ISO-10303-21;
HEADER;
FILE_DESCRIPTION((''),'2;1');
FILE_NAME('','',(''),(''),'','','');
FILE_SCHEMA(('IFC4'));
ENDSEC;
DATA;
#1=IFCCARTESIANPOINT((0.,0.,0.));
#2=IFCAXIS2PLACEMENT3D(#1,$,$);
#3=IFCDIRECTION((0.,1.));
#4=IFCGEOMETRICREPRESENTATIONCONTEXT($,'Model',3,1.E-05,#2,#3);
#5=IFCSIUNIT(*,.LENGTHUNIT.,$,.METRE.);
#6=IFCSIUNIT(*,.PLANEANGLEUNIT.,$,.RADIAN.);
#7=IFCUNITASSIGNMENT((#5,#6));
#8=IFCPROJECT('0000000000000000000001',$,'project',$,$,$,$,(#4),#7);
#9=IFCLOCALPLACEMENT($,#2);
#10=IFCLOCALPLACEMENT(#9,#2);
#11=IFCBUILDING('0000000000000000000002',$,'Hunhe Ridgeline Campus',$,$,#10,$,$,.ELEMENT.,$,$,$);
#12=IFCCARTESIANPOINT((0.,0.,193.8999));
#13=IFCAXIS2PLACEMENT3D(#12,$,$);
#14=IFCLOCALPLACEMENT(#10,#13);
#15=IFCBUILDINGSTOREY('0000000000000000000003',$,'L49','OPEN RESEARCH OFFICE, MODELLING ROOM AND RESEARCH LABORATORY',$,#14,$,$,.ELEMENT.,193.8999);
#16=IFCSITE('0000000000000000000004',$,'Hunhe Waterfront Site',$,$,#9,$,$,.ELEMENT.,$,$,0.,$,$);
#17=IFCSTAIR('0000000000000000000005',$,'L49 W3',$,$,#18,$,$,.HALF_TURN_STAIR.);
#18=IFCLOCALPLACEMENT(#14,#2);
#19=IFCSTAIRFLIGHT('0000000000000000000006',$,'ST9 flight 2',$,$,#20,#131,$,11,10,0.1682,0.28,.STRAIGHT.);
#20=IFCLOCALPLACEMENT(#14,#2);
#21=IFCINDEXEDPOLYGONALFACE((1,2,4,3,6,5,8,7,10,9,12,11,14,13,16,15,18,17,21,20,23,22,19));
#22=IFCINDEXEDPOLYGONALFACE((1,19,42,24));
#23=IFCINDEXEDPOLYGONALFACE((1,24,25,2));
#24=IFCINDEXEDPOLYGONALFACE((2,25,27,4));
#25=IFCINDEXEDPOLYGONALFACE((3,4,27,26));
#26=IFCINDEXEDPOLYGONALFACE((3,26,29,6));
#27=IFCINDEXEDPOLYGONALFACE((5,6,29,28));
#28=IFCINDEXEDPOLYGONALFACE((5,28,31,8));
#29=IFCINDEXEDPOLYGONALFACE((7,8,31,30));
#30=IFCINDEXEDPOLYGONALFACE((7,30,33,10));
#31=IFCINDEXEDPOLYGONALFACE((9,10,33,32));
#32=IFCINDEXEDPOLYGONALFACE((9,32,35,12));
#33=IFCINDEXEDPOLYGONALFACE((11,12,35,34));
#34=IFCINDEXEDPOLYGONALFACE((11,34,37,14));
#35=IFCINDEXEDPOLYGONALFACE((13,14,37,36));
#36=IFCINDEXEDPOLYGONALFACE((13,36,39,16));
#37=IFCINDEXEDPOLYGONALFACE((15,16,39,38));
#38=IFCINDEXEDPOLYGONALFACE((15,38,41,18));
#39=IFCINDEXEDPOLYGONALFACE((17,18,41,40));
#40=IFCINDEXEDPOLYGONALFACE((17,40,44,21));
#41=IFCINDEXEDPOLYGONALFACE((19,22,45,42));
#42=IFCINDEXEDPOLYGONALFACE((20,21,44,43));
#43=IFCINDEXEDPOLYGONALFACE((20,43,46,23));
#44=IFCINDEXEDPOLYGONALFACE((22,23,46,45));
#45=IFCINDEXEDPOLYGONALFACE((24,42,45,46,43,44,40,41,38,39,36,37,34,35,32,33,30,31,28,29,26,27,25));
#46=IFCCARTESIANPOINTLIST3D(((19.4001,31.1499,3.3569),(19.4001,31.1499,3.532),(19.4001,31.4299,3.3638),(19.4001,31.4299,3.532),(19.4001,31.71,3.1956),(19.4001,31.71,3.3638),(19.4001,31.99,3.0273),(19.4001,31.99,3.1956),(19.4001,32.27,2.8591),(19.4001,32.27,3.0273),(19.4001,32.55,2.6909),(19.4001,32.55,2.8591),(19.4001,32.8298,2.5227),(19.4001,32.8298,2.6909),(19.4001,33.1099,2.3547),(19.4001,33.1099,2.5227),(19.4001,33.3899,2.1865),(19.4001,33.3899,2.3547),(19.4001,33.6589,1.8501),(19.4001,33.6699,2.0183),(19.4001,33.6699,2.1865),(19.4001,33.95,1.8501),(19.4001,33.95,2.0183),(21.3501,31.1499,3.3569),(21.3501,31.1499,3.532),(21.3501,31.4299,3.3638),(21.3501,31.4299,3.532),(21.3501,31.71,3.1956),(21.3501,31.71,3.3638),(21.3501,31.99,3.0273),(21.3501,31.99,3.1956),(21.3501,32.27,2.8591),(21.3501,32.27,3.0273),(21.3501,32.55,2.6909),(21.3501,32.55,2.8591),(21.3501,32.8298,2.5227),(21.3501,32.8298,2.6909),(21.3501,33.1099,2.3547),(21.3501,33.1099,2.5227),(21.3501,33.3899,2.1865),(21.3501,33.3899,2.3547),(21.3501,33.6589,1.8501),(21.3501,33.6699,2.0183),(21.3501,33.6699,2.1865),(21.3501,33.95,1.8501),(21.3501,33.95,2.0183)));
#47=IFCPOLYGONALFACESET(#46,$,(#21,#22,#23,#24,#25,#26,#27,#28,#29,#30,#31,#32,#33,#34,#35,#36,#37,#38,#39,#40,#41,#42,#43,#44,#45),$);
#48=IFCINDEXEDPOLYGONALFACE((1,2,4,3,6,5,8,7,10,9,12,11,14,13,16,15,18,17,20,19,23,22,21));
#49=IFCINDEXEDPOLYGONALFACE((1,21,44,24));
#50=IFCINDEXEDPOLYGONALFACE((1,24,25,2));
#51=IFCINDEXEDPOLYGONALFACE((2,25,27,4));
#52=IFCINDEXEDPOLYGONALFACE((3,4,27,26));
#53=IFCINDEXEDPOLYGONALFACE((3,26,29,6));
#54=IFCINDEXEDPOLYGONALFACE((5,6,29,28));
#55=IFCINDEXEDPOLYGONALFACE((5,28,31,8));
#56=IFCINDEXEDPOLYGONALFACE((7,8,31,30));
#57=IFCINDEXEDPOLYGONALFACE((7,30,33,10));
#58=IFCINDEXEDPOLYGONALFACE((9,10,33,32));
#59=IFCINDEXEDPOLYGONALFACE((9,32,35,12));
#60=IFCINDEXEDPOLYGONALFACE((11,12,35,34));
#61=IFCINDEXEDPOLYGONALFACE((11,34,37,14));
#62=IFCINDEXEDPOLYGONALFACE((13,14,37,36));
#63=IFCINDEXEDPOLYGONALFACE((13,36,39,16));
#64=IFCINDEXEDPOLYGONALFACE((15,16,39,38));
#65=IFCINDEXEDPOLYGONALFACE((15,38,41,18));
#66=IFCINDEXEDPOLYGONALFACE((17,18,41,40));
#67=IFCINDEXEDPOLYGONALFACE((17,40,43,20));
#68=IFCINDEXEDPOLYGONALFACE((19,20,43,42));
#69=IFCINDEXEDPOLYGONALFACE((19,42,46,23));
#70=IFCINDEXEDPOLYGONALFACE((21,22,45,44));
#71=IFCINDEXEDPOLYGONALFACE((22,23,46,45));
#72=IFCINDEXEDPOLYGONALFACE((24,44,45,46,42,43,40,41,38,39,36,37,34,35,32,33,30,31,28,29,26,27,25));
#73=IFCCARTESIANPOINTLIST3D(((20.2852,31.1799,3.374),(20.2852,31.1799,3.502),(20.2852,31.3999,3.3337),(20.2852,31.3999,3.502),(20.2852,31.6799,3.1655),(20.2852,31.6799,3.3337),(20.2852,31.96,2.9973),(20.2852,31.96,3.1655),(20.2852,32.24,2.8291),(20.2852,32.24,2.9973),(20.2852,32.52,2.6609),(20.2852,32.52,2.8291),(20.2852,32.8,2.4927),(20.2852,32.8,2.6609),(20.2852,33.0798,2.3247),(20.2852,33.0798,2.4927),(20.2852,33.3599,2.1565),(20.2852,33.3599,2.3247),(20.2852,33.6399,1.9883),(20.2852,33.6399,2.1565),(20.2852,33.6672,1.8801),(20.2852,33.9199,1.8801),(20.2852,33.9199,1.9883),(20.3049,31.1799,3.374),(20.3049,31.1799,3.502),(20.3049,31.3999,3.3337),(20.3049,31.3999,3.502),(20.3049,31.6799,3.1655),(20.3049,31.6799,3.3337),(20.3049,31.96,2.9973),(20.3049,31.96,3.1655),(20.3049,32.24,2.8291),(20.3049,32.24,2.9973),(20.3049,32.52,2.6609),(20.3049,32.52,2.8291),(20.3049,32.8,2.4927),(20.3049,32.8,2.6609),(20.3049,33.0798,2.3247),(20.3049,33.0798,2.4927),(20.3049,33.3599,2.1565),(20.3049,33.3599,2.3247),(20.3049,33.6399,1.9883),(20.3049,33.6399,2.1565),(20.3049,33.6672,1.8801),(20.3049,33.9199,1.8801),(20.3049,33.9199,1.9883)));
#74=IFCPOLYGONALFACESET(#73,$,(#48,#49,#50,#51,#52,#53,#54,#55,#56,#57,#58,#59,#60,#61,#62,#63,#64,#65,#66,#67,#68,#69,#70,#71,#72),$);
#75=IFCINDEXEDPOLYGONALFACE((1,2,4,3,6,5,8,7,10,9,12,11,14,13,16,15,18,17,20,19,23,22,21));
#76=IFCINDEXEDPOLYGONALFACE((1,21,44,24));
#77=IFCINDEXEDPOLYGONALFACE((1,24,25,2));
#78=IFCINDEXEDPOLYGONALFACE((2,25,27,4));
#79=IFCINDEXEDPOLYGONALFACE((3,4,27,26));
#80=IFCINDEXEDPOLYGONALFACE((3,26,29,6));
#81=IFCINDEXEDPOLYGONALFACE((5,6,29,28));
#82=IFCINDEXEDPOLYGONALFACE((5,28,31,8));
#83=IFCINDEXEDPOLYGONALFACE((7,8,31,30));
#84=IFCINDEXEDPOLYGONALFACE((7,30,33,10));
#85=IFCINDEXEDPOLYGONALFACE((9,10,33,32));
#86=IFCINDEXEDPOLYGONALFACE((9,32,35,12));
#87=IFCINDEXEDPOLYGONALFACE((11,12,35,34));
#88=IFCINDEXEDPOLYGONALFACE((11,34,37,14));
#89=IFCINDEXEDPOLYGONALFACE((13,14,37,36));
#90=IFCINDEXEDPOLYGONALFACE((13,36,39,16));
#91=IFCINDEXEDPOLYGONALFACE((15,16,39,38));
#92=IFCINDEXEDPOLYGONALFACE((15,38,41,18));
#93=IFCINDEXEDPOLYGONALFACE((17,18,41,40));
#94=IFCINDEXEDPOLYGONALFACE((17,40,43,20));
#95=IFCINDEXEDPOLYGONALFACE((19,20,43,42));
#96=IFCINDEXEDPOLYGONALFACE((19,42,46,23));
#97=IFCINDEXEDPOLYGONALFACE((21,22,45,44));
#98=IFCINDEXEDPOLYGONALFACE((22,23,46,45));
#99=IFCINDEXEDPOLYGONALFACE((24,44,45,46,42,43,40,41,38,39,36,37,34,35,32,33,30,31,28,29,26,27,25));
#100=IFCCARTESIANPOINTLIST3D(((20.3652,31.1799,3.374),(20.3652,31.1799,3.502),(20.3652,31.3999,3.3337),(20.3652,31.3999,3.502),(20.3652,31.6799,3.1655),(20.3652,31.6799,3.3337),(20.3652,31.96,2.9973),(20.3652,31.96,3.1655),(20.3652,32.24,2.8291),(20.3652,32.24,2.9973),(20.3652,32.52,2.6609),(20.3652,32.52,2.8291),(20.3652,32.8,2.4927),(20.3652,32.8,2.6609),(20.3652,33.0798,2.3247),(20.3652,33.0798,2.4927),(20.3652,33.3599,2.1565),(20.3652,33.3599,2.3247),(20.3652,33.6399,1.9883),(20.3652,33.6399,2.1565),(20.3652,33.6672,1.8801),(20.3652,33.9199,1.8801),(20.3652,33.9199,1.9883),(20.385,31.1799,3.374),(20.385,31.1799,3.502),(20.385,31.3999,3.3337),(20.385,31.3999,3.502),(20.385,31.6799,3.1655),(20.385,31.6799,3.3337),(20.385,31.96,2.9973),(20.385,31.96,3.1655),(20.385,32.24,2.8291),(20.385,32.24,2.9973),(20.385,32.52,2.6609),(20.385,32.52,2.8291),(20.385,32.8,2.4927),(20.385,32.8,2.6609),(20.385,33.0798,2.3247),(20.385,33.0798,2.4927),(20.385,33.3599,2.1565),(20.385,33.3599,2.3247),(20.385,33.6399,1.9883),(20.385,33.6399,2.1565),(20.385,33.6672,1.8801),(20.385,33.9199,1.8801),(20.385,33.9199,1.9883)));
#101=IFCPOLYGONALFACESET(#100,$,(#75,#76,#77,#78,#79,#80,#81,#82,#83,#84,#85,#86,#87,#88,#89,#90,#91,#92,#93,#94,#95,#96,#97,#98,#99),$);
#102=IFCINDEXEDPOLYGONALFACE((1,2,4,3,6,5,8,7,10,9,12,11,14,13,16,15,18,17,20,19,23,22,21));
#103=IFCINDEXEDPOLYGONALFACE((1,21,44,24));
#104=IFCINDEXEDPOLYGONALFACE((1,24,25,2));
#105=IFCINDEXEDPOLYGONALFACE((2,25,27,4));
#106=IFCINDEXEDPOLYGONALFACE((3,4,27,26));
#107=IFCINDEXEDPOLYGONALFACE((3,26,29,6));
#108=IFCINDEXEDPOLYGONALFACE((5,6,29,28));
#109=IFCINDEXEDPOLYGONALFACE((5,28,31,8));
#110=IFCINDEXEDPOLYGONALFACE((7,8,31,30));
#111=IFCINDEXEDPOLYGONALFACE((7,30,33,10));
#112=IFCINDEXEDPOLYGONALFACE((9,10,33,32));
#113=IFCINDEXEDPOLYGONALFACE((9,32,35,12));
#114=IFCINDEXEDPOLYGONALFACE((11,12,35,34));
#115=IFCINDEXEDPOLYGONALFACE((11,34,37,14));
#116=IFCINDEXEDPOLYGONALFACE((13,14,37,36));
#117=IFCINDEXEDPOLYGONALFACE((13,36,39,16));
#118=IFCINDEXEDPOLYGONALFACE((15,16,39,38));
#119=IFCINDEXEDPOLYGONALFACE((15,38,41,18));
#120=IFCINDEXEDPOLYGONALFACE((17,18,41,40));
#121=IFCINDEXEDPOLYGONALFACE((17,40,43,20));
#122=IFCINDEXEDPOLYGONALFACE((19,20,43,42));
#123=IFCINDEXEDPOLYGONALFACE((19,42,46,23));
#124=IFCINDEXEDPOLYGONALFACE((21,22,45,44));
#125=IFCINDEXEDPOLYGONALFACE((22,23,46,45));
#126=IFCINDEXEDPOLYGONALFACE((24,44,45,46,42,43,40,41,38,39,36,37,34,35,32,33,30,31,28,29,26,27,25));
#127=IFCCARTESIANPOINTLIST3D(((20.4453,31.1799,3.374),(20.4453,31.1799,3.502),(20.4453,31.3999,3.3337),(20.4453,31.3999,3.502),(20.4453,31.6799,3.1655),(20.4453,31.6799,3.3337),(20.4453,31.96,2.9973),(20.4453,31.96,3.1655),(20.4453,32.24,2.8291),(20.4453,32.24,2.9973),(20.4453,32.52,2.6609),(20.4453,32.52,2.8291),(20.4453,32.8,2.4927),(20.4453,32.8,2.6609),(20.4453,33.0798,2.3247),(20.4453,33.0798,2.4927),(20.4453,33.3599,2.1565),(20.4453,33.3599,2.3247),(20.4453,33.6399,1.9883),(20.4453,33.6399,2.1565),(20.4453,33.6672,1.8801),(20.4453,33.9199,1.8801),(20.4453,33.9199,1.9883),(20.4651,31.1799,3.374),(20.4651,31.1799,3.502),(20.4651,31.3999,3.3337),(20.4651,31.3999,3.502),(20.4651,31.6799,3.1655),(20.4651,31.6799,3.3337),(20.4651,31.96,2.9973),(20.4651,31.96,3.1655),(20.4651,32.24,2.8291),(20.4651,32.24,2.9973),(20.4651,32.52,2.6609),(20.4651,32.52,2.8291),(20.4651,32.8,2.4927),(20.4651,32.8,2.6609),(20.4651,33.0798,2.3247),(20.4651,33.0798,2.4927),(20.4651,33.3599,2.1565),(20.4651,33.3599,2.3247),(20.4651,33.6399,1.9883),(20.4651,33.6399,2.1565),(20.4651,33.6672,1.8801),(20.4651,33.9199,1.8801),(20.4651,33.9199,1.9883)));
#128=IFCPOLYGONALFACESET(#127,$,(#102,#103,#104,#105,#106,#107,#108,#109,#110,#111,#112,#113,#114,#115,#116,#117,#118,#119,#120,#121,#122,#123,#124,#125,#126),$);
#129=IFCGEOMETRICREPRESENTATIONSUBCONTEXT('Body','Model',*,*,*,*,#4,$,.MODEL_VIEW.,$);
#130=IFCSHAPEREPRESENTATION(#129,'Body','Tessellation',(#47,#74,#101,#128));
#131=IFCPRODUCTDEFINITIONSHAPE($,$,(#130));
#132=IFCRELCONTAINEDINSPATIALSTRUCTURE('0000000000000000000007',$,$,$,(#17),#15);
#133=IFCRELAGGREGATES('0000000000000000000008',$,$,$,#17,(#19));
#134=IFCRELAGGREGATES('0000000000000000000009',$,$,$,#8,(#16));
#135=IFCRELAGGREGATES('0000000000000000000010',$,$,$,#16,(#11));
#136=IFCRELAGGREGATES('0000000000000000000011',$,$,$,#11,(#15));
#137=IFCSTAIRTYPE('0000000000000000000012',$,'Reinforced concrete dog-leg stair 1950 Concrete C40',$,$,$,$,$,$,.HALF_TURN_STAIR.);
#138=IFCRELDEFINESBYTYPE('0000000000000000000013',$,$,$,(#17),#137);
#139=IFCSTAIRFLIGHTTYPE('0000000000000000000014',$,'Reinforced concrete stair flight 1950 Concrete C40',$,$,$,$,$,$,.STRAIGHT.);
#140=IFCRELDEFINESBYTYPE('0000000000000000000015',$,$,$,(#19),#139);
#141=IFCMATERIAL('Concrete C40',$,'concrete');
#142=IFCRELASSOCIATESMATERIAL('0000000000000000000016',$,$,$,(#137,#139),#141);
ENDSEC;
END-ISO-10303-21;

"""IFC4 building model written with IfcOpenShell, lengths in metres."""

from ifc_helpers import new_model, si_unit, direction, frame, origin, place, context, subcontext, project, spatial, polyline, outline, extrude, material, type_object, element, aggregate, save


model = new_model("IFC4")

# Units and contexts
model_context = context("Model", 3, precision=1e-05, world=origin(), true_north=direction((0.0, 1.0)))
body_context = subcontext(model_context, "Body", "Model", "MODEL_VIEW")
ifc_project = project(units=[si_unit("LENGTHUNIT", "METRE"), si_unit("PLANEANGLEUNIT", "RADIAN")], contexts=[model_context])

# Site, building, storey
site_placement = place(None, origin())
site = spatial("IfcSite", under=ifc_project, at=site_placement, Name="Hunhe Waterfront Site", CompositionType="ELEMENT", RefElevation=0.0)
building_placement = place(site_placement, origin())
building = spatial("IfcBuilding", under=site, at=building_placement, Name="Hunhe Ridgeline Campus", CompositionType="ELEMENT")
storey_placement = place(building_placement, frame((0.0, 0.0, 193.8999)))
storey = spatial("IfcBuildingStorey", under=building, at=storey_placement, Name="L49", Description="OPEN RESEARCH OFFICE, MODELLING ROOM AND RESEARCH LABORATORY", CompositionType="ELEMENT", Elevation=193.8999)

# Stair, stair flight
ifc_material_1 = material(Name="Concrete C40", Category="concrete")
stair_type = type_object("IfcStairType", Name="Reinforced concrete dog-leg stair 1950 Concrete C40", PredefinedType="HALF_TURN_STAIR", material=ifc_material_1)
stair_placement = place(storey_placement, origin())
stair = element("IfcStair", 1, at=stair_placement, inside=storey, type_object=stair_type, Name="L49 W3", PredefinedType="HALF_TURN_STAIR")
stair_flight_type = type_object("IfcStairFlightType", Name="Reinforced concrete stair flight 1950 Concrete C40", PredefinedType="STRAIGHT", material=ifc_material_1)
stair_flight_1_placement = place(storey_placement, frame((20.375, 33.95, 1.8501), z_axis=(0.0, 0.0, 1.0), x_axis=(0.0, -1.0, 0.0)))
stair_flight_1 = element("IfcStairFlight", 2, at=stair_flight_1_placement, type_object=stair_flight_type, Name="ST9 flight 2", NumberOfRisers=11, NumberOfTreads=10, PredefinedType="STRAIGHT", RiserHeight=0.1682, TreadLength=0.28, context=body_context, shape_type="SweptSolid", body=[
    extrude(outline(polyline([(0.0, 0.0), (0.0, 0.1682), (0.28, 0.1682), (0.28, 0.3364), (0.5601, 0.3364), (0.5601, 0.5046), (0.8401, 0.5046), (0.8401, 0.6726), (1.1201, 0.6726), (1.1201, 0.8408), (1.3999, 0.8408), (1.3999, 1.009), (1.6799, 1.009), (1.6799, 1.1772), (1.96, 1.1772), (1.96, 1.3455), (2.24, 1.3455), (2.24, 1.5137), (2.52, 1.5137), (2.52, 1.6819), (2.8, 1.6819), (2.8, 1.8501), (2.8, 1.5068), (0.291, 0.0), (0.0, 0.0)])), frame((0.0, 0.9751, 0.0), z_axis=(0.0, -1.0, 0.0), x_axis=(1.0, 0.0, 0.0)), (0.0, 0.0, 1.0), 1.95),
    extrude(outline(polyline([(0.03, 0.03), (0.03, 0.1382), (0.3101, 0.1382), (0.3101, 0.3064), (0.5901, 0.3064), (0.5901, 0.4746), (0.8701, 0.4746), (0.8701, 0.6426), (1.1499, 0.6426), (1.1499, 0.8108), (1.4299, 0.8108), (1.4299, 0.979), (1.71, 0.979), (1.71, 1.1472), (1.99, 1.1472), (1.99, 1.3154), (2.27, 1.3154), (2.27, 1.4836), (2.55, 1.4836), (2.55, 1.6519), (2.77, 1.6519), (2.77, 1.5239), (0.2827, 0.03), (0.03, 0.03)])), frame((0.0, -0.0701, 0.0), z_axis=(0.0, -1.0, 0.0), x_axis=(1.0, 0.0, 0.0)), (0.0, 0.0, 1.0), 0.0198),
    extrude(outline(polyline([(0.03, 0.03), (0.03, 0.1382), (0.3101, 0.1382), (0.3101, 0.3064), (0.5901, 0.3064), (0.5901, 0.4746), (0.8701, 0.4746), (0.8701, 0.6426), (1.1499, 0.6426), (1.1499, 0.8108), (1.4299, 0.8108), (1.4299, 0.979), (1.71, 0.979), (1.71, 1.1472), (1.99, 1.1472), (1.99, 1.3154), (2.27, 1.3154), (2.27, 1.4836), (2.55, 1.4836), (2.55, 1.6519), (2.77, 1.6519), (2.77, 1.5239), (0.2827, 0.03), (0.03, 0.03)])), frame((0.0, 0.01, 0.0), z_axis=(0.0, -1.0, 0.0), x_axis=(1.0, 0.0, 0.0)), (0.0, 0.0, 1.0), 0.0198),
    extrude(outline(polyline([(0.03, 0.03), (0.03, 0.1382), (0.3101, 0.1382), (0.3101, 0.3064), (0.5901, 0.3064), (0.5901, 0.4746), (0.8701, 0.4746), (0.8701, 0.6426), (1.1499, 0.6426), (1.1499, 0.8108), (1.4299, 0.8108), (1.4299, 0.979), (1.71, 0.979), (1.71, 1.1472), (1.99, 1.1472), (1.99, 1.3154), (2.27, 1.3154), (2.27, 1.4836), (2.55, 1.4836), (2.55, 1.6519), (2.77, 1.6519), (2.77, 1.5239), (0.2827, 0.03), (0.03, 0.03)])), frame((0.0, 0.0901, 0.0), z_axis=(0.0, -1.0, 0.0), x_axis=(1.0, 0.0, 0.0)), (0.0, 0.0, 1.0), 0.0198),
])
aggregate(stair, [stair_flight_1])

save(model, "model.ifc")
